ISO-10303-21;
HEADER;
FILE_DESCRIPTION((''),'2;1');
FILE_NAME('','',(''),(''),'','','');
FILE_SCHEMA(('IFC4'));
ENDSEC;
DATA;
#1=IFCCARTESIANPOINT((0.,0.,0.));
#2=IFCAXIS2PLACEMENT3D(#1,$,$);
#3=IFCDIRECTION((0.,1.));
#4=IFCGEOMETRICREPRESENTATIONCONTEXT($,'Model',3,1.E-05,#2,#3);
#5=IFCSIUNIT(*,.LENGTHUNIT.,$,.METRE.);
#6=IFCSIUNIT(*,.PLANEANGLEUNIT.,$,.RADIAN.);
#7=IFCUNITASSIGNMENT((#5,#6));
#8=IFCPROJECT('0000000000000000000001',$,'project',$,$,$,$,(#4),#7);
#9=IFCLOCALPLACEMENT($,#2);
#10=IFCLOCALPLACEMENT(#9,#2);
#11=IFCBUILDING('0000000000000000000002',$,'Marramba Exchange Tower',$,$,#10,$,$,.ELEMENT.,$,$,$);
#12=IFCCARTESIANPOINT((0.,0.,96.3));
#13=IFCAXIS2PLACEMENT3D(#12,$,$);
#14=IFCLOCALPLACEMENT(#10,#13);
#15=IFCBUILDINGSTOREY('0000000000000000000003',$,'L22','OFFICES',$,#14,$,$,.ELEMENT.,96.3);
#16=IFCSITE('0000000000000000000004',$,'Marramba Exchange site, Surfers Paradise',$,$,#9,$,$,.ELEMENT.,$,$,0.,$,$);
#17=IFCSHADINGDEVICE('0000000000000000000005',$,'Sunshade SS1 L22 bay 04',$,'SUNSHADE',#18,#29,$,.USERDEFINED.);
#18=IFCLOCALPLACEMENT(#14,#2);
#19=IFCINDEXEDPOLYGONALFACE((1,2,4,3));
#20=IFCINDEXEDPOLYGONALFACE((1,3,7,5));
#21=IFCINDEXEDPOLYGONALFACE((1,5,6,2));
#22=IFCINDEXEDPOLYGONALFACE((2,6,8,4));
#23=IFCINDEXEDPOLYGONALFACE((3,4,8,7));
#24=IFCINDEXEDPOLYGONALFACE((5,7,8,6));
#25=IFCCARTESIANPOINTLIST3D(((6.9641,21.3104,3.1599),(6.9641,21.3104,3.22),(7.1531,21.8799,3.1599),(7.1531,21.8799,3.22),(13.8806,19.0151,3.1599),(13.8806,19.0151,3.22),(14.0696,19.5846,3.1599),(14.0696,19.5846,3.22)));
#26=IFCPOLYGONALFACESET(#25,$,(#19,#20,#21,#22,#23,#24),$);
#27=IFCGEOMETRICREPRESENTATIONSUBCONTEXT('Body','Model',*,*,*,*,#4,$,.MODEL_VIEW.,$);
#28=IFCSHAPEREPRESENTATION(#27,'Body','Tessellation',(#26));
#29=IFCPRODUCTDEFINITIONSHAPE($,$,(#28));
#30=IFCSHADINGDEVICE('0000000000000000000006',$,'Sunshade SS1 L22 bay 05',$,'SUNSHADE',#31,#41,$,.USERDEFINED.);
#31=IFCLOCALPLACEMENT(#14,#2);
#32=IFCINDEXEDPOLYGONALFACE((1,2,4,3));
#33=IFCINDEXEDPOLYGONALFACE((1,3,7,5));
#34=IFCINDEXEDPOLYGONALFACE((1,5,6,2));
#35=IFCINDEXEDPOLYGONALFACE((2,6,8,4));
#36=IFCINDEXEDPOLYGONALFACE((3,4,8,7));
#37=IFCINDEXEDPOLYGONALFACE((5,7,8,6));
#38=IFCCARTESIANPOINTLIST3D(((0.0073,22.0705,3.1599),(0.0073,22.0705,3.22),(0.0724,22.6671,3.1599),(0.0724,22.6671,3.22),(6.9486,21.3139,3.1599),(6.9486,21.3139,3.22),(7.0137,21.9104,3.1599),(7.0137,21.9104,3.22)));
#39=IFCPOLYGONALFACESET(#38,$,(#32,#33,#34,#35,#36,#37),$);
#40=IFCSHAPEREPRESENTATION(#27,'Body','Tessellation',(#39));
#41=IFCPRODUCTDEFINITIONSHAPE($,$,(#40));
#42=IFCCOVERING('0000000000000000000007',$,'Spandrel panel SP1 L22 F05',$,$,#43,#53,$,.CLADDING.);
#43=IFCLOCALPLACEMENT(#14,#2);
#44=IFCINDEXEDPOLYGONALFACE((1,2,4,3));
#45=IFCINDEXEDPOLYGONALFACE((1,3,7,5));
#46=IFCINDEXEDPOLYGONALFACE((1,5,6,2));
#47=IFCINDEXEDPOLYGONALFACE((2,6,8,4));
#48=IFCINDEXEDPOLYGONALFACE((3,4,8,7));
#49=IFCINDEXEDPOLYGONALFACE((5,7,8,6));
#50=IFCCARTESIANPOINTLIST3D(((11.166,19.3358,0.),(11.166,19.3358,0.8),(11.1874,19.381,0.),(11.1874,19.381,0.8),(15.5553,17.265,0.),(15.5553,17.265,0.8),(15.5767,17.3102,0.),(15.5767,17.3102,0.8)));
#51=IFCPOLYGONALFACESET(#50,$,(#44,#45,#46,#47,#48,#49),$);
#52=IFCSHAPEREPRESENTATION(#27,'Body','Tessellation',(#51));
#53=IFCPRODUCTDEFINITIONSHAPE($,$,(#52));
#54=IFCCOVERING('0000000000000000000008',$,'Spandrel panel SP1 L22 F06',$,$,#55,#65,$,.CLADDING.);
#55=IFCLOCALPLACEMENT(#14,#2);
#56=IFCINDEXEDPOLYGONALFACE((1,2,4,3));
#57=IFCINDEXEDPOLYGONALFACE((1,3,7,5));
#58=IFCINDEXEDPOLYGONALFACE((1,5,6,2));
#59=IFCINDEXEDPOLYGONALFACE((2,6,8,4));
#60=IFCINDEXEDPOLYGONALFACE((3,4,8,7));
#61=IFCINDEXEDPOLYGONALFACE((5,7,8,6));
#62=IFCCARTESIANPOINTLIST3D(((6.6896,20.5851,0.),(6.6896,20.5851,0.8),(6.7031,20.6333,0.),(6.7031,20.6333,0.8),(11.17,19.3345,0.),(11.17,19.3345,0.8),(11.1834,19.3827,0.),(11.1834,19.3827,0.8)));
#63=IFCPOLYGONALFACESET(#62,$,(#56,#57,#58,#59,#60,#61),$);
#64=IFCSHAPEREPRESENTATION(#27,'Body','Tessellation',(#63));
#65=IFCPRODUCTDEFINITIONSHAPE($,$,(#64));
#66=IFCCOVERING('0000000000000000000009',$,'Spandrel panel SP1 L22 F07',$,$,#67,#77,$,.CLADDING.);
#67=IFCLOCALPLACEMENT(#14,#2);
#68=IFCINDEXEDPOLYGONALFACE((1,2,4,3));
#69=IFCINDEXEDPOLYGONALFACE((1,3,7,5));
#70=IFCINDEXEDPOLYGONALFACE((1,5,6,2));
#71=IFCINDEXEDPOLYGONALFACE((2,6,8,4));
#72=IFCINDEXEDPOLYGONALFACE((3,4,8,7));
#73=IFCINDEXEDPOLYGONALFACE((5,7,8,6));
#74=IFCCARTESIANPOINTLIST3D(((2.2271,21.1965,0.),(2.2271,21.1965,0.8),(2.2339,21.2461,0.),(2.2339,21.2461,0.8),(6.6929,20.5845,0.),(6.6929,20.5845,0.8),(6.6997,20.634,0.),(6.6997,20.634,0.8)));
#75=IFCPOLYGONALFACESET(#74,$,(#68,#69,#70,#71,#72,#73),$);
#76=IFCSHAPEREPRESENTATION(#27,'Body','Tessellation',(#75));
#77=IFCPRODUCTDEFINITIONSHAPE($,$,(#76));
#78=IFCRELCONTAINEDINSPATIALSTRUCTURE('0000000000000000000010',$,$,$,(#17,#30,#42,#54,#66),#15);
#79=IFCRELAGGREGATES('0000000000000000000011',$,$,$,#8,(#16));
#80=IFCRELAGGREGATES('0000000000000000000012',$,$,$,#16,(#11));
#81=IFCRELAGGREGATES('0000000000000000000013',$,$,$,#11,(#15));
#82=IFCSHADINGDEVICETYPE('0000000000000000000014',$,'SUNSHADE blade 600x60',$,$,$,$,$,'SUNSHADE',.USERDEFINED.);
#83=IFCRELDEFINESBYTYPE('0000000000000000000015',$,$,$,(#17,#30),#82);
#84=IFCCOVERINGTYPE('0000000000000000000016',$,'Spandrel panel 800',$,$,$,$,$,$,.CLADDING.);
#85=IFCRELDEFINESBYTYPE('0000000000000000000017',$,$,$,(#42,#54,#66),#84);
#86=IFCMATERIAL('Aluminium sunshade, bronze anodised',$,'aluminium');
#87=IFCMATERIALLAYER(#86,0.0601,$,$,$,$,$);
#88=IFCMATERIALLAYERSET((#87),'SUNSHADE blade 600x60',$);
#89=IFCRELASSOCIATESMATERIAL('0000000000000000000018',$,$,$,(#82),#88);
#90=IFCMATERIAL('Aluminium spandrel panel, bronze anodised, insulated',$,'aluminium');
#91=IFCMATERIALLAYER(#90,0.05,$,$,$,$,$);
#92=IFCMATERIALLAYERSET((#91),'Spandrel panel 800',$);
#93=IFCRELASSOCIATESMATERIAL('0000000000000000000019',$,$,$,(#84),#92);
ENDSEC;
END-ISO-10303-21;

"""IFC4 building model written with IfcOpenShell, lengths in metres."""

from ifc_helpers import new_model, si_unit, direction, frame, origin, origin_2d, place, context, subcontext, project, spatial, rectangle, extrude, material, layer, layer_set, type_object, element, save


model = new_model("IFC4")

# Units and contexts
model_context = context("Model", 3, precision=1e-05, world=origin(), true_north=direction((0.0, 1.0)))
body_context = subcontext(model_context, "Body", "Model", "MODEL_VIEW")
ifc_project = project(units=[si_unit("LENGTHUNIT", "METRE"), si_unit("PLANEANGLEUNIT", "RADIAN")], contexts=[model_context])

# Site, building, storey
site_placement = place(None, origin())
site = spatial("IfcSite", under=ifc_project, at=site_placement, Name="Marramba Exchange site, Surfers Paradise", CompositionType="ELEMENT", RefElevation=0.0)
building_placement = place(site_placement, origin())
building = spatial("IfcBuilding", under=site, at=building_placement, Name="Marramba Exchange Tower", CompositionType="ELEMENT")
storey_placement = place(building_placement, frame((0.0, 0.0, 96.3)))
storey = spatial("IfcBuildingStorey", under=building, at=storey_placement, Name="L22", Description="OFFICES", CompositionType="ELEMENT", Elevation=96.3)

# Shading devices
ifc_material_1 = material(Name="Aluminium sunshade, bronze anodised", Category="aluminium")
ifc_layer_1 = layer(ifc_material_1, 0.0601)
ifc_layer_set_1 = layer_set([ifc_layer_1], Name="SUNSHADE blade 600x60")
shading_device_type_1 = type_object("IfcShadingDeviceType", Name="SUNSHADE blade 600x60", ElementType="SUNSHADE", PredefinedType="USERDEFINED", material=ifc_layer_set_1)
shading_device_1_placement = place(storey_placement, frame((10.5168, 20.4475, 3.1599), z_axis=(0.0, 0.0, 1.0), x_axis=(-0.949101, 0.314972, 0.0)))
element("IfcShadingDevice", 1, at=shading_device_1_placement, inside=storey, type_object=shading_device_type_1, Name="Sunshade SS1 L22 bay 04", ObjectType="SUNSHADE", PredefinedType="USERDEFINED", context=body_context, shape_type="SweptSolid", body=[
    extrude(rectangle(XDim=7.2874, YDim=0.6001, at=origin_2d()), origin(), (0.0, 0.0, 1.0), 0.0601),
])
shading_device_2_placement = place(storey_placement, frame((3.5105, 21.9905, 3.1599), z_axis=(0.0, 0.0, 1.0), x_axis=(-0.994111, 0.108363, 0.0)))
element("IfcShadingDevice", 2, at=shading_device_2_placement, inside=storey, type_object=shading_device_type_1, Name="Sunshade SS1 L22 bay 05", ObjectType="SUNSHADE", PredefinedType="USERDEFINED", context=body_context, shape_type="SweptSolid", body=[
    extrude(rectangle(XDim=6.9824, YDim=0.6001, at=origin_2d()), origin(), (0.0, 0.0, 1.0), 0.0601),
])

# Coverings
ifc_material_2 = material(Name="Aluminium spandrel panel, bronze anodised, insulated", Category="aluminium")
ifc_layer_2 = layer(ifc_material_2, 0.05)
ifc_layer_set_2 = layer_set([ifc_layer_2], Name="Spandrel panel 800")
covering_type = type_object("IfcCoveringType", Name="Spandrel panel 800", PredefinedType="CLADDING", material=ifc_layer_set_2)
covering_1_placement = place(storey_placement, frame((13.3713, 18.323, 0.0), z_axis=(0.0, 0.0, 1.0), x_axis=(-0.904403, 0.426679, 0.0)))
element("IfcCovering", 3, at=covering_1_placement, inside=storey, type_object=covering_type, Name="Spandrel panel SP1 L22 F05", PredefinedType="CLADDING", context=body_context, shape_type="SweptSolid", body=[
    extrude(rectangle(XDim=4.8533, YDim=0.05, at=origin_2d()), origin(), (0.0, 0.0, 1.0), 0.8),
])
covering_2_placement = place(storey_placement, frame((8.9365, 19.9839, 0.0), z_axis=(0.0, 0.0, 1.0), x_axis=(-0.963178, 0.268865, 0.0)))
element("IfcCovering", 4, at=covering_2_placement, inside=storey, type_object=covering_type, Name="Spandrel panel SP1 L22 F06", PredefinedType="CLADDING", context=body_context, shape_type="SweptSolid", body=[
    extrude(rectangle(XDim=4.6516, YDim=0.05, at=origin_2d()), origin(), (0.0, 0.0, 1.0), 0.8),
])
covering_3_placement = place(storey_placement, frame((4.4634, 20.9153, 0.0), z_axis=(0.0, 0.0, 1.0), x_axis=(-0.990738, 0.135786, 0.0)))
element("IfcCovering", 5, at=covering_3_placement, inside=storey, type_object=covering_type, Name="Spandrel panel SP1 L22 F07", PredefinedType="CLADDING", context=body_context, shape_type="SweptSolid", body=[
    extrude(rectangle(XDim=4.5076, YDim=0.05, at=origin_2d()), origin(), (0.0, 0.0, 1.0), 0.8),
])

save(model, "model.ifc")
